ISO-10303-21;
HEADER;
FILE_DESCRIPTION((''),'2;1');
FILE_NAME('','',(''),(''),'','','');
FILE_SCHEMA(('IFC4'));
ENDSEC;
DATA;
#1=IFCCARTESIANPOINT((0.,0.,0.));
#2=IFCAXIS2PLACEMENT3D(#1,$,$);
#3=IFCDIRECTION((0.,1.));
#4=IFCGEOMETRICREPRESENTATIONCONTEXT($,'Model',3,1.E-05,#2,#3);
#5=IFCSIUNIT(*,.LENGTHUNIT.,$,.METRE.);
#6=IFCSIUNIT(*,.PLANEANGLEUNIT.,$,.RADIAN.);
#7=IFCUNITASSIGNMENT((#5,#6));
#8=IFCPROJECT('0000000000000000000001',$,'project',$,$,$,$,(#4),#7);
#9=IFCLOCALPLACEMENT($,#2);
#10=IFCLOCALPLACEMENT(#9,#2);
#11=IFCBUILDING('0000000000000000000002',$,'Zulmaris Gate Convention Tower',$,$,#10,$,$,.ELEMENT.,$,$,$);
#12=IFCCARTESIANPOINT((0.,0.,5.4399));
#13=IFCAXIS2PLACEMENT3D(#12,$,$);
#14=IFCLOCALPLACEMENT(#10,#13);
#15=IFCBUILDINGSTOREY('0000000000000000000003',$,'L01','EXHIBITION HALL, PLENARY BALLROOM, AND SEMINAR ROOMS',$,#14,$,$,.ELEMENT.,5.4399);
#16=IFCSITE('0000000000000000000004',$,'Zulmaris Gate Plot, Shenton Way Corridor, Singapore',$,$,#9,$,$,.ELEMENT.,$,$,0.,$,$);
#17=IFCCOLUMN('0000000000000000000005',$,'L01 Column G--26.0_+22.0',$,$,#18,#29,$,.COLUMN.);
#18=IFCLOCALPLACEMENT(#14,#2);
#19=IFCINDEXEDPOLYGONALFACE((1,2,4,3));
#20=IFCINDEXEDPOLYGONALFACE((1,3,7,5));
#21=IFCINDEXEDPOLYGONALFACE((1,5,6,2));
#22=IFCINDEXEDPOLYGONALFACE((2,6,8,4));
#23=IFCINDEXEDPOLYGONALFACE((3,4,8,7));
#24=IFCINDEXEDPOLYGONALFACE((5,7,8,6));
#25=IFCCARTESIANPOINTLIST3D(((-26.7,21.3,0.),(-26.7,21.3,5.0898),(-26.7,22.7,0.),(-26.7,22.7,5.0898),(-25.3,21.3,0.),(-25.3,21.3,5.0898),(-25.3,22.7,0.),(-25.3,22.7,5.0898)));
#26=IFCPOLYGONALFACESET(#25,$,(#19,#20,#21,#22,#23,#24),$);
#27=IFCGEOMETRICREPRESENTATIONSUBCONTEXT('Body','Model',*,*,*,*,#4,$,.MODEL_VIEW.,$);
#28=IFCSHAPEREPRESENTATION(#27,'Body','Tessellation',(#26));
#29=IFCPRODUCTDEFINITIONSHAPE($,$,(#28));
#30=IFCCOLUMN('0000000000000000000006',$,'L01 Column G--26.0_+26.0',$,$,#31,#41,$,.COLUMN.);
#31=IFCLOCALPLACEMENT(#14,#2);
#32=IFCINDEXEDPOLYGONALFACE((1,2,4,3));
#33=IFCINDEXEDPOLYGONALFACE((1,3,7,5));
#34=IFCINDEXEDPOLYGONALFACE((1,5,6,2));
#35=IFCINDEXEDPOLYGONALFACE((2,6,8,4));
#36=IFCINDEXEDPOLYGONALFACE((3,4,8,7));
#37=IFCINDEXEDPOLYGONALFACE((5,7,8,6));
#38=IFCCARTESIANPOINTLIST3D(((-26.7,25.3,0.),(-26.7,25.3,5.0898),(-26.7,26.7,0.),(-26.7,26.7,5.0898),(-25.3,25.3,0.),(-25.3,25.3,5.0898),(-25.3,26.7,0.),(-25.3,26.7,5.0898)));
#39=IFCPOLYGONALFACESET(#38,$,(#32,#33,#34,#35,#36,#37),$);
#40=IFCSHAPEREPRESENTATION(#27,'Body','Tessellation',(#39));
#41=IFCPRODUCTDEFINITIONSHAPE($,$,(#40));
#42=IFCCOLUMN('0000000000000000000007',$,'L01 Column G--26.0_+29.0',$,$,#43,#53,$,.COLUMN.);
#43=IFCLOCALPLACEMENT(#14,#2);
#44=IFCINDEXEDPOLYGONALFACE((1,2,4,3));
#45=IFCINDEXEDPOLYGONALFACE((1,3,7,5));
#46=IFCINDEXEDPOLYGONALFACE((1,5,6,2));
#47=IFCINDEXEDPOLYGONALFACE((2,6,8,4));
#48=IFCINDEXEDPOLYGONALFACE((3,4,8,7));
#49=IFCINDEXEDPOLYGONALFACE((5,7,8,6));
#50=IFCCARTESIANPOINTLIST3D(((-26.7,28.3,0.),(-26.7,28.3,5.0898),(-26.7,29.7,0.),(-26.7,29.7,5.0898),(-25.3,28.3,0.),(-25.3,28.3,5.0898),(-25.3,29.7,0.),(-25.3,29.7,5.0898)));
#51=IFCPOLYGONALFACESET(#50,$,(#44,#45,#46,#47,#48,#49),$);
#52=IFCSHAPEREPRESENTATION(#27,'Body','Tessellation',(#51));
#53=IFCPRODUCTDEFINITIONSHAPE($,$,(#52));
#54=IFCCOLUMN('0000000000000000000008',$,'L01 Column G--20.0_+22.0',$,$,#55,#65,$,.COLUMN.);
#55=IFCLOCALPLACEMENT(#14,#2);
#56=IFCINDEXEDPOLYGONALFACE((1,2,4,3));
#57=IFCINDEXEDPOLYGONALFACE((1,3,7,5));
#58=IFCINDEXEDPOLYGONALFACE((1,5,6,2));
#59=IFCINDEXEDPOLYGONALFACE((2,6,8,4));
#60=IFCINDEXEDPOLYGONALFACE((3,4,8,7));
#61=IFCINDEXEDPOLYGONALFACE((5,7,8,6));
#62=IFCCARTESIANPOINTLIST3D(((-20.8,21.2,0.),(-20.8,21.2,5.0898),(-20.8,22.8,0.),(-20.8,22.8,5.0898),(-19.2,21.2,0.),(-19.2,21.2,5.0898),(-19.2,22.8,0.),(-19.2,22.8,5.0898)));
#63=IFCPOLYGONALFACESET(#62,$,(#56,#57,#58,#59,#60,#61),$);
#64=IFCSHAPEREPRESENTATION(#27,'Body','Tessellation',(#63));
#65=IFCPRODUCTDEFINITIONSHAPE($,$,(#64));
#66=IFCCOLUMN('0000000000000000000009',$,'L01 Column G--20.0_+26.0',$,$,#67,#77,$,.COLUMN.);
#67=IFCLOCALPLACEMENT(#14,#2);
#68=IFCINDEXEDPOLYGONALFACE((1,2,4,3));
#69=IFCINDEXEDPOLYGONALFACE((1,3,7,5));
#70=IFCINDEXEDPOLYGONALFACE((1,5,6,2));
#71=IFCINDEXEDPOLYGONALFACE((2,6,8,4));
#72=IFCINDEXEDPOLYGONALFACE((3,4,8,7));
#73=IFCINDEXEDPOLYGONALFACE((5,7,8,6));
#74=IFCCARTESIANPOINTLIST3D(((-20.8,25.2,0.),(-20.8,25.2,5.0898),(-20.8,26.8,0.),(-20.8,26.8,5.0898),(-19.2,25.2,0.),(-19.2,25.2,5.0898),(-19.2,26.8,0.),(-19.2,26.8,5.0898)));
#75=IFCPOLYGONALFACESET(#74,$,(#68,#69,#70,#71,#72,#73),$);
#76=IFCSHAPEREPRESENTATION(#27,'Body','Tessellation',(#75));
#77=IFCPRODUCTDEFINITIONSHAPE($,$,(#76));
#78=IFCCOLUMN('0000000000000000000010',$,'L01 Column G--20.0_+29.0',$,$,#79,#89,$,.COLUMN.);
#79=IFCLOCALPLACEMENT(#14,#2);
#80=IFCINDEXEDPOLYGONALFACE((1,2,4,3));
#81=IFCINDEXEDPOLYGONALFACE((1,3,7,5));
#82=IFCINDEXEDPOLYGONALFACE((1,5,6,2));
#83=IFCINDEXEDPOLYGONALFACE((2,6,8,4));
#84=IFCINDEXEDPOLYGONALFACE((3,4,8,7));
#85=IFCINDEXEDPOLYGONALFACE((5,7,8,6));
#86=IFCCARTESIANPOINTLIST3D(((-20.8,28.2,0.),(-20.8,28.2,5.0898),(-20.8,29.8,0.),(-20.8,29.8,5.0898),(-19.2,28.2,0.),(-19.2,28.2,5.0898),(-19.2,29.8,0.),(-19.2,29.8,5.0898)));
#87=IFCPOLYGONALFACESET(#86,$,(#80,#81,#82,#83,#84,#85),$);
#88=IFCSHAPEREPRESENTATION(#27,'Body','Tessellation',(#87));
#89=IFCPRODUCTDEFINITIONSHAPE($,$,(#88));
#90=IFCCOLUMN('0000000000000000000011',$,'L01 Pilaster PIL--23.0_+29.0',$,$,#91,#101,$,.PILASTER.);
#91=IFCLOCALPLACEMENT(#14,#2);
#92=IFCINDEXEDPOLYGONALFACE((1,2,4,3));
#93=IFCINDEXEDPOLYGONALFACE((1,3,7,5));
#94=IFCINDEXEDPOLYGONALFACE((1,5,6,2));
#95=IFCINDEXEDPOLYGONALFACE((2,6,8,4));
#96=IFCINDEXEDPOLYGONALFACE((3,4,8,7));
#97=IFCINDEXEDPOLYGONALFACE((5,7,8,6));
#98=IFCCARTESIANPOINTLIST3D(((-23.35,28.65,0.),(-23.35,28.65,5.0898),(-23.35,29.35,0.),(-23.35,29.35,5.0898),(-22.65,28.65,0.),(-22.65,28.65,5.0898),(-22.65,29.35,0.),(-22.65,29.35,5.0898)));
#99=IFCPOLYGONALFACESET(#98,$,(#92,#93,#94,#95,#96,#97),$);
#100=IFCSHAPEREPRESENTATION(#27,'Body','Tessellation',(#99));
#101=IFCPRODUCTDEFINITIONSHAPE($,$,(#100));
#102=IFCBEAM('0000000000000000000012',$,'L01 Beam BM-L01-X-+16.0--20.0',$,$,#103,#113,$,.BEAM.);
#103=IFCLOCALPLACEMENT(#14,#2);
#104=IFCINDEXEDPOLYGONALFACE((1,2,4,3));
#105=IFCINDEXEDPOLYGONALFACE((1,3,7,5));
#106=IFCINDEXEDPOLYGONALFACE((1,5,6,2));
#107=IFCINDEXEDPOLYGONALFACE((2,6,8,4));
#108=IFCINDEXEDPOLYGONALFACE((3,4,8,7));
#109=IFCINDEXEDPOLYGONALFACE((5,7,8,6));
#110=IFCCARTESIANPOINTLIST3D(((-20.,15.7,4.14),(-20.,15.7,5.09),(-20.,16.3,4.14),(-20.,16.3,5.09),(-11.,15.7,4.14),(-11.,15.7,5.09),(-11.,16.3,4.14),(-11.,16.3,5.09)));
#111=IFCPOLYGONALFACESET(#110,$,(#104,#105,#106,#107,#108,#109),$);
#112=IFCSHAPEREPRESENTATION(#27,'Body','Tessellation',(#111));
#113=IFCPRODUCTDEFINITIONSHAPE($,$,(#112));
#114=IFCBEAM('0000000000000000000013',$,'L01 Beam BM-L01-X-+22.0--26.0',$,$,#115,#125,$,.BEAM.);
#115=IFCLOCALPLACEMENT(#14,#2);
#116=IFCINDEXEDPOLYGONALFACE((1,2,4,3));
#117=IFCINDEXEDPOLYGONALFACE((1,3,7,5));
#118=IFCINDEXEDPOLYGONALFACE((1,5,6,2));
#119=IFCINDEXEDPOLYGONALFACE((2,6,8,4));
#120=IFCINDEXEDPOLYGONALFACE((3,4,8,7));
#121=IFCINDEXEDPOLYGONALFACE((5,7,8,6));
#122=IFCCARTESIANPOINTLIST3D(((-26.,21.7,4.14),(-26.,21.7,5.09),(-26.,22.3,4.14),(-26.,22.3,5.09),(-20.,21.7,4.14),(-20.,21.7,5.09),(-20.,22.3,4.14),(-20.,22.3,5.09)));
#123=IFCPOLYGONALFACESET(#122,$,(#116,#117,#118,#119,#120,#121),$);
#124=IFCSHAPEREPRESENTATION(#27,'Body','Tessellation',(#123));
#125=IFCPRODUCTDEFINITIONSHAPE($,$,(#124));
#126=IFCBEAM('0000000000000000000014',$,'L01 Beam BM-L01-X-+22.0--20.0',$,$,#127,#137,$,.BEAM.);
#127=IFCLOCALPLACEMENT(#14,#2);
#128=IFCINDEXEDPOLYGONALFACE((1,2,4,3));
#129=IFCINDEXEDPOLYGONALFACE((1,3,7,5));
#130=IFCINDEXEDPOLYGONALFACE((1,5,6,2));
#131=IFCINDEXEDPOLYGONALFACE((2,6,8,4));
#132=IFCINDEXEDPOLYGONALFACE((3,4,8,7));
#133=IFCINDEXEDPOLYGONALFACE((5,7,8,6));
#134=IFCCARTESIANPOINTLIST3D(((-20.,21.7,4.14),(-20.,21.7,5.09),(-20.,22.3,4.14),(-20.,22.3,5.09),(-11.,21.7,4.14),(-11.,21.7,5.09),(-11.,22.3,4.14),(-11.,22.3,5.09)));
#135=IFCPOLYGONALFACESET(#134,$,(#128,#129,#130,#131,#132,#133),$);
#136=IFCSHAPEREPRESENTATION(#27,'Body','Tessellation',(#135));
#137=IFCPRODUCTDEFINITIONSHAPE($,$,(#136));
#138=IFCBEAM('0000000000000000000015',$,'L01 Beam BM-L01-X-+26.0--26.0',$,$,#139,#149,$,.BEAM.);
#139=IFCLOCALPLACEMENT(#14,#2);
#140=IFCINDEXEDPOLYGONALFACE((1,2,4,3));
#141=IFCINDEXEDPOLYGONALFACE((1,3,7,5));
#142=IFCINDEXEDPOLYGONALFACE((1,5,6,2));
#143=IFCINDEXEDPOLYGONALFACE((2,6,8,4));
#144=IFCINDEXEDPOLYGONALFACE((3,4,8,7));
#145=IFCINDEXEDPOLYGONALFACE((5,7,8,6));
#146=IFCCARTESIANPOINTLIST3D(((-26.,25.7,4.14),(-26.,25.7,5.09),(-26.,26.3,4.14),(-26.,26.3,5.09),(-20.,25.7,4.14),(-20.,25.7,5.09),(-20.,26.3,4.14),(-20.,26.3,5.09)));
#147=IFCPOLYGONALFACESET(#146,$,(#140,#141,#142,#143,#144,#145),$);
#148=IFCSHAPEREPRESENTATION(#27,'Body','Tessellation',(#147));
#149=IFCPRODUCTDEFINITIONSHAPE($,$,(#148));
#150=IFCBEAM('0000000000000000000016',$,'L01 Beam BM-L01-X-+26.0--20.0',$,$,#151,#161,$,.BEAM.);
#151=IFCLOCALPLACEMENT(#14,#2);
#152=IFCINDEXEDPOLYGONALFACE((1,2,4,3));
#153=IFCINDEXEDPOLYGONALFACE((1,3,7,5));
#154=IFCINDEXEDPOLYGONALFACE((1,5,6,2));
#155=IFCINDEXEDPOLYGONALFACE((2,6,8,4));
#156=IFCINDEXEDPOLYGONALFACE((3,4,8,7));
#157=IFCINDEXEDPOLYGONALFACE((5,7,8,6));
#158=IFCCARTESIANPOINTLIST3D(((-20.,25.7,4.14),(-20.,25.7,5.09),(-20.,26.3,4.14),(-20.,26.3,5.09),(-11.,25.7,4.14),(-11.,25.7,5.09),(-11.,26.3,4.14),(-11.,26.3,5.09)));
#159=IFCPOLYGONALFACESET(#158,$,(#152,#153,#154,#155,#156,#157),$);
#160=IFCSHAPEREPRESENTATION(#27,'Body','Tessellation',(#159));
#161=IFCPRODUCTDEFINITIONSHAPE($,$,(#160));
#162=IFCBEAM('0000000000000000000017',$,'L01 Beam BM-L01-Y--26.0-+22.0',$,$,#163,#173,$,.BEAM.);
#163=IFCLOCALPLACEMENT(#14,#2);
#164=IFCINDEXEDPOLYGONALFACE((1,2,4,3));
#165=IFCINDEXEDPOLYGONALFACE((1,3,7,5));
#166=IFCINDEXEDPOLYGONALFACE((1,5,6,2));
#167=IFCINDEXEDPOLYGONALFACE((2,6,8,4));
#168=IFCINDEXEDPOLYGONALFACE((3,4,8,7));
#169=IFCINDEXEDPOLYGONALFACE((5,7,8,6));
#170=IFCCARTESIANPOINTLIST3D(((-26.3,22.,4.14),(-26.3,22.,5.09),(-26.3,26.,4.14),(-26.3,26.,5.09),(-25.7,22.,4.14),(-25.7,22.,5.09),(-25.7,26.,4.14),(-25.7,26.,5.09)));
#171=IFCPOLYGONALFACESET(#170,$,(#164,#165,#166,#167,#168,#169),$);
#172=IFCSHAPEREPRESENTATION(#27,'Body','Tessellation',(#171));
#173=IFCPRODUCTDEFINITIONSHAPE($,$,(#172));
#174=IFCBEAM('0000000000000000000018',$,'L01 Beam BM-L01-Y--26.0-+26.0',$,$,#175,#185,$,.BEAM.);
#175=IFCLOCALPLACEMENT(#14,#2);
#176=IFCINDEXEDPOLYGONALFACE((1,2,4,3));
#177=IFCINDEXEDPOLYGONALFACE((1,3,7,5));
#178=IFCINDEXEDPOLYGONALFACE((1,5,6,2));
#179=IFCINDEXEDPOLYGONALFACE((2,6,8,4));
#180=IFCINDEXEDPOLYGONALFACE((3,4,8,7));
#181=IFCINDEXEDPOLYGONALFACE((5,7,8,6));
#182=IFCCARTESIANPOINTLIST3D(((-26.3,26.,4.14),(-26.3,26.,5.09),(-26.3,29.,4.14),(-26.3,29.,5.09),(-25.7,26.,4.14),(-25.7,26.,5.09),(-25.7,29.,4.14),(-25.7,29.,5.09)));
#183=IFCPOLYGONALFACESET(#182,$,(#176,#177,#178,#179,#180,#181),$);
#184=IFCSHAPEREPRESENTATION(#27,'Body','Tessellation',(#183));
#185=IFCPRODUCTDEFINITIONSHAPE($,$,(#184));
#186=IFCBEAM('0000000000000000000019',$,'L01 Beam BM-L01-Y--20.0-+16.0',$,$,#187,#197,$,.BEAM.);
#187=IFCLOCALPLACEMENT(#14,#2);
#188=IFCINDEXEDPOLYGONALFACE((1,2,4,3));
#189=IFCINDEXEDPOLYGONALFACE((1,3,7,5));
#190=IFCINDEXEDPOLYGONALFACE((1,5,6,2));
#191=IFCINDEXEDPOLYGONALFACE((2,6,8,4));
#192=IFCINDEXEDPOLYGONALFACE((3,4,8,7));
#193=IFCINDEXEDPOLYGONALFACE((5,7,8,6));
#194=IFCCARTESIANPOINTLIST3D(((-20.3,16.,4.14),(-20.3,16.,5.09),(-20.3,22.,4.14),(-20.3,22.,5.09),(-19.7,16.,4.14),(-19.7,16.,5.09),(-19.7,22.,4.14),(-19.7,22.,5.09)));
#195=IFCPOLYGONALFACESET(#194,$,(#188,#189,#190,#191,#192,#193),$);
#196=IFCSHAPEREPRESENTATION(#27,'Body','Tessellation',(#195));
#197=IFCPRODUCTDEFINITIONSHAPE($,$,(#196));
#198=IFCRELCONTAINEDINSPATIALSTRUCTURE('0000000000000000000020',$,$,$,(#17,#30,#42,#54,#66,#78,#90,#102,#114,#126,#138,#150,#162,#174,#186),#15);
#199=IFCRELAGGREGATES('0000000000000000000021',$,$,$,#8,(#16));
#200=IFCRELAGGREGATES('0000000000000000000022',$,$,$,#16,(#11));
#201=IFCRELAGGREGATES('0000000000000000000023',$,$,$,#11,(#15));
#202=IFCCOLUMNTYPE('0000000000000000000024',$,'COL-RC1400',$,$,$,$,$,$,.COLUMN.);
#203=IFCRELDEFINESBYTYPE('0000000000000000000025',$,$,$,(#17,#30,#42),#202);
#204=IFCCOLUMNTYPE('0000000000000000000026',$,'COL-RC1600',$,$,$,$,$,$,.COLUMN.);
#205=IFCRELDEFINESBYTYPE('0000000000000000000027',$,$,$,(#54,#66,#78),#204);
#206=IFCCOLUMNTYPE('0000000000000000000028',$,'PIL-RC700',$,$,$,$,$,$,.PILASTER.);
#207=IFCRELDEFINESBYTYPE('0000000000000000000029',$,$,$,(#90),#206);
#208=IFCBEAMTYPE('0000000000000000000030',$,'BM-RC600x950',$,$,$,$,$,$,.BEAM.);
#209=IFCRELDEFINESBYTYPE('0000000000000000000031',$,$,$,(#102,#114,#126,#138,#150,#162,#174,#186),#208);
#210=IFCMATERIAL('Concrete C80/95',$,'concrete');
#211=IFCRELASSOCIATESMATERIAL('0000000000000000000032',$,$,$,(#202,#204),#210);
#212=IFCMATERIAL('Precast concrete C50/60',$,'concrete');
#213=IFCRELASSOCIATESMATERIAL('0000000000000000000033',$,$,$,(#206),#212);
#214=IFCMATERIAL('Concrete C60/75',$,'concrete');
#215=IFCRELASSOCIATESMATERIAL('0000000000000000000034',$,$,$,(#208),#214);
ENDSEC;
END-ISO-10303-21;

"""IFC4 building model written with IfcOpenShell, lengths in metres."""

from ifc_helpers import new_model, si_unit, direction, frame, origin, origin_2d, place, context, subcontext, project, spatial, rectangle, extrude, material, material_profile, profile_set, type_object, element, save


model = new_model("IFC4")

# Units and contexts
model_context = context("Model", 3, precision=1e-05, world=origin(), true_north=direction((0.0, 1.0)))
body_context = subcontext(model_context, "Body", "Model", "MODEL_VIEW")
ifc_project = project(units=[si_unit("LENGTHUNIT", "METRE"), si_unit("PLANEANGLEUNIT", "RADIAN")], contexts=[model_context])

# Site, building, storey
site_placement = place(None, origin())
site = spatial("IfcSite", under=ifc_project, at=site_placement, Name="Zulmaris Gate Plot, Shenton Way Corridor, Singapore", CompositionType="ELEMENT", RefElevation=0.0)
building_placement = place(site_placement, origin())
building = spatial("IfcBuilding", under=site, at=building_placement, Name="Zulmaris Gate Convention Tower", CompositionType="ELEMENT")
storey_placement = place(building_placement, frame((0.0, 0.0, 5.4399)))
storey = spatial("IfcBuildingStorey", under=building, at=storey_placement, Name="L01", Description="EXHIBITION HALL, PLENARY BALLROOM, AND SEMINAR ROOMS", CompositionType="ELEMENT", Elevation=5.4399)

# Columns
ifc_material_1 = material(Name="Concrete C80/95", Category="concrete")
ifc_material_profile_1 = material_profile(ifc_material_1, rectangle(XDim=1.3999, YDim=1.3999, at=origin_2d()), Name="RC COL 1400x1400")
ifc_profile_set_1 = profile_set([ifc_material_profile_1], Name="Concrete C80/95")
column_type_1 = type_object("IfcColumnType", Name="COL-RC1400", PredefinedType="COLUMN", material=ifc_profile_set_1)
for number, where, z_axis, x_axis, name in (
    (1, (-26.0, 22.0, 0.0), (0.0, 0.0, 1.0), (1.0, 0.0, 0.0), "L01 Column G--26.0_+22.0"),
    (2, (-26.0, 26.0, 0.0), (0.0, 0.0, 1.0), (1.0, 0.0, 0.0), "L01 Column G--26.0_+26.0"),
    (3, (-26.0, 29.0, 0.0), (0.0, 0.0, 1.0), (1.0, 0.0, 0.0), "L01 Column G--26.0_+29.0"),
):
    element("IfcColumn", number, at=place(storey_placement, frame(where, z_axis=z_axis, x_axis=x_axis)), inside=storey, type_object=column_type_1, Name=name, PredefinedType="COLUMN", context=body_context, shape_type="SweptSolid", body=[
        extrude(rectangle(XDim=1.3999, YDim=1.3999, at=origin_2d()), origin(), (0.0, 0.0, 1.0), 5.0898),
    ])
ifc_material_profile_2 = material_profile(ifc_material_1, rectangle(XDim=1.6001, YDim=1.6001, at=origin_2d()), Name="RC COL 1600x1600")
ifc_profile_set_2 = profile_set([ifc_material_profile_2], Name="Concrete C80/95")
column_type_2 = type_object("IfcColumnType", Name="COL-RC1600", PredefinedType="COLUMN", material=ifc_profile_set_2)
for number, where, z_axis, x_axis, name in (
    (4, (-20.0, 22.0, 0.0), (0.0, 0.0, 1.0), (1.0, 0.0, 0.0), "L01 Column G--20.0_+22.0"),
    (5, (-20.0, 26.0, 0.0), (0.0, 0.0, 1.0), (1.0, 0.0, 0.0), "L01 Column G--20.0_+26.0"),
    (6, (-20.0, 29.0, 0.0), (0.0, 0.0, 1.0), (1.0, 0.0, 0.0), "L01 Column G--20.0_+29.0"),
):
    element("IfcColumn", number, at=place(storey_placement, frame(where, z_axis=z_axis, x_axis=x_axis)), inside=storey, type_object=column_type_2, Name=name, PredefinedType="COLUMN", context=body_context, shape_type="SweptSolid", body=[
        extrude(rectangle(XDim=1.6001, YDim=1.6001, at=origin_2d()), origin(), (0.0, 0.0, 1.0), 5.0898),
    ])
ifc_material_2 = material(Name="Precast concrete C50/60", Category="concrete")
ifc_material_profile_3 = material_profile(ifc_material_2, rectangle(XDim=0.7, YDim=0.7, at=origin_2d()), Name="RC COL 700x700")
ifc_profile_set_3 = profile_set([ifc_material_profile_3], Name="Precast concrete C50/60")
column_type_3 = type_object("IfcColumnType", Name="PIL-RC700", PredefinedType="PILASTER", material=ifc_profile_set_3)
column_placement = place(storey_placement, frame((-23.0, 29.0, 0.0), z_axis=(0.0, 0.0, 1.0), x_axis=(1.0, 0.0, 0.0)))
element("IfcColumn", 7, at=column_placement, inside=storey, type_object=column_type_3, Name="L01 Pilaster PIL--23.0_+29.0", PredefinedType="PILASTER", context=body_context, shape_type="SweptSolid", body=[
    extrude(rectangle(XDim=0.7, YDim=0.7, at=origin_2d()), origin(), (0.0, 0.0, 1.0), 5.0898),
])

# Beams
ifc_material_3 = material(Name="Concrete C60/75", Category="concrete")
ifc_material_profile_4 = material_profile(ifc_material_3, rectangle(XDim=0.6001, YDim=0.95, at=origin_2d()), Name="RC BEAM 600x950")
ifc_profile_set_4 = profile_set([ifc_material_profile_4], Name="Concrete C60/75")
beam_type_1 = type_object("IfcBeamType", Name="BM-RC600x950", PredefinedType="BEAM", material=ifc_profile_set_4)
beam_1_placement = place(storey_placement, frame((-20.0, 16.0, 4.615), z_axis=(1.0, 0.0, 0.0), x_axis=(0.0, 1.0, 0.0)))
element("IfcBeam", 8, at=beam_1_placement, inside=storey, type_object=beam_type_1, Name="L01 Beam BM-L01-X-+16.0--20.0", PredefinedType="BEAM", context=body_context, shape_type="SweptSolid", body=[
    extrude(rectangle(XDim=0.6001, YDim=0.95, at=origin_2d()), origin(), (0.0, 0.0, 1.0), 9.0),
])
beam_2_placement = place(storey_placement, frame((-26.0, 22.0, 4.615), z_axis=(1.0, 0.0, 0.0), x_axis=(0.0, 1.0, 0.0)))
element("IfcBeam", 9, at=beam_2_placement, inside=storey, type_object=beam_type_1, Name="L01 Beam BM-L01-X-+22.0--26.0", PredefinedType="BEAM", context=body_context, shape_type="SweptSolid", body=[
    extrude(rectangle(XDim=0.6001, YDim=0.95, at=origin_2d()), origin(), (0.0, 0.0, 1.0), 6.0),
])
beam_3_placement = place(storey_placement, frame((-20.0, 22.0, 4.615), z_axis=(1.0, 0.0, 0.0), x_axis=(0.0, 1.0, 0.0)))
element("IfcBeam", 10, at=beam_3_placement, inside=storey, type_object=beam_type_1, Name="L01 Beam BM-L01-X-+22.0--20.0", PredefinedType="BEAM", context=body_context, shape_type="SweptSolid", body=[
    extrude(rectangle(XDim=0.6001, YDim=0.95, at=origin_2d()), origin(), (0.0, 0.0, 1.0), 9.0),
])
beam_4_placement = place(storey_placement, frame((-26.0, 26.0, 4.615), z_axis=(1.0, 0.0, 0.0), x_axis=(0.0, 1.0, 0.0)))
element("IfcBeam", 11, at=beam_4_placement, inside=storey, type_object=beam_type_1, Name="L01 Beam BM-L01-X-+26.0--26.0", PredefinedType="BEAM", context=body_context, shape_type="SweptSolid", body=[
    extrude(rectangle(XDim=0.6001, YDim=0.95, at=origin_2d()), origin(), (0.0, 0.0, 1.0), 6.0),
])
beam_5_placement = place(storey_placement, frame((-20.0, 26.0, 4.615), z_axis=(1.0, 0.0, 0.0), x_axis=(0.0, 1.0, 0.0)))
element("IfcBeam", 12, at=beam_5_placement, inside=storey, type_object=beam_type_1, Name="L01 Beam BM-L01-X-+26.0--20.0", PredefinedType="BEAM", context=body_context, shape_type="SweptSolid", body=[
    extrude(rectangle(XDim=0.6001, YDim=0.95, at=origin_2d()), origin(), (0.0, 0.0, 1.0), 9.0),
])
beam_6_placement = place(storey_placement, frame((-26.0, 22.0, 4.615), z_axis=(0.0, 1.0, 0.0), x_axis=(-1.0, 0.0, 0.0)))
element("IfcBeam", 13, at=beam_6_placement, inside=storey, type_object=beam_type_1, Name="L01 Beam BM-L01-Y--26.0-+22.0", PredefinedType="BEAM", context=body_context, shape_type="SweptSolid", body=[
    extrude(rectangle(XDim=0.6001, YDim=0.95, at=origin_2d()), origin(), (0.0, 0.0, 1.0), 4.0),
])
beam_7_placement = place(storey_placement, frame((-26.0, 26.0, 4.615), z_axis=(0.0, 1.0, 0.0), x_axis=(-1.0, 0.0, 0.0)))
element("IfcBeam", 14, at=beam_7_placement, inside=storey, type_object=beam_type_1, Name="L01 Beam BM-L01-Y--26.0-+26.0", PredefinedType="BEAM", context=body_context, shape_type="SweptSolid", body=[
    extrude(rectangle(XDim=0.6001, YDim=0.95, at=origin_2d()), origin(), (0.0, 0.0, 1.0), 3.0),
])
beam_8_placement = place(storey_placement, frame((-20.0, 16.0, 4.615), z_axis=(0.0, 1.0, 0.0), x_axis=(-1.0, 0.0, 0.0)))
element("IfcBeam", 15, at=beam_8_placement, inside=storey, type_object=beam_type_1, Name="L01 Beam BM-L01-Y--20.0-+16.0", PredefinedType="BEAM", context=body_context, shape_type="SweptSolid", body=[
    extrude(rectangle(XDim=0.6001, YDim=0.95, at=origin_2d()), origin(), (0.0, 0.0, 1.0), 6.0),
])

save(model, "model.ifc")
